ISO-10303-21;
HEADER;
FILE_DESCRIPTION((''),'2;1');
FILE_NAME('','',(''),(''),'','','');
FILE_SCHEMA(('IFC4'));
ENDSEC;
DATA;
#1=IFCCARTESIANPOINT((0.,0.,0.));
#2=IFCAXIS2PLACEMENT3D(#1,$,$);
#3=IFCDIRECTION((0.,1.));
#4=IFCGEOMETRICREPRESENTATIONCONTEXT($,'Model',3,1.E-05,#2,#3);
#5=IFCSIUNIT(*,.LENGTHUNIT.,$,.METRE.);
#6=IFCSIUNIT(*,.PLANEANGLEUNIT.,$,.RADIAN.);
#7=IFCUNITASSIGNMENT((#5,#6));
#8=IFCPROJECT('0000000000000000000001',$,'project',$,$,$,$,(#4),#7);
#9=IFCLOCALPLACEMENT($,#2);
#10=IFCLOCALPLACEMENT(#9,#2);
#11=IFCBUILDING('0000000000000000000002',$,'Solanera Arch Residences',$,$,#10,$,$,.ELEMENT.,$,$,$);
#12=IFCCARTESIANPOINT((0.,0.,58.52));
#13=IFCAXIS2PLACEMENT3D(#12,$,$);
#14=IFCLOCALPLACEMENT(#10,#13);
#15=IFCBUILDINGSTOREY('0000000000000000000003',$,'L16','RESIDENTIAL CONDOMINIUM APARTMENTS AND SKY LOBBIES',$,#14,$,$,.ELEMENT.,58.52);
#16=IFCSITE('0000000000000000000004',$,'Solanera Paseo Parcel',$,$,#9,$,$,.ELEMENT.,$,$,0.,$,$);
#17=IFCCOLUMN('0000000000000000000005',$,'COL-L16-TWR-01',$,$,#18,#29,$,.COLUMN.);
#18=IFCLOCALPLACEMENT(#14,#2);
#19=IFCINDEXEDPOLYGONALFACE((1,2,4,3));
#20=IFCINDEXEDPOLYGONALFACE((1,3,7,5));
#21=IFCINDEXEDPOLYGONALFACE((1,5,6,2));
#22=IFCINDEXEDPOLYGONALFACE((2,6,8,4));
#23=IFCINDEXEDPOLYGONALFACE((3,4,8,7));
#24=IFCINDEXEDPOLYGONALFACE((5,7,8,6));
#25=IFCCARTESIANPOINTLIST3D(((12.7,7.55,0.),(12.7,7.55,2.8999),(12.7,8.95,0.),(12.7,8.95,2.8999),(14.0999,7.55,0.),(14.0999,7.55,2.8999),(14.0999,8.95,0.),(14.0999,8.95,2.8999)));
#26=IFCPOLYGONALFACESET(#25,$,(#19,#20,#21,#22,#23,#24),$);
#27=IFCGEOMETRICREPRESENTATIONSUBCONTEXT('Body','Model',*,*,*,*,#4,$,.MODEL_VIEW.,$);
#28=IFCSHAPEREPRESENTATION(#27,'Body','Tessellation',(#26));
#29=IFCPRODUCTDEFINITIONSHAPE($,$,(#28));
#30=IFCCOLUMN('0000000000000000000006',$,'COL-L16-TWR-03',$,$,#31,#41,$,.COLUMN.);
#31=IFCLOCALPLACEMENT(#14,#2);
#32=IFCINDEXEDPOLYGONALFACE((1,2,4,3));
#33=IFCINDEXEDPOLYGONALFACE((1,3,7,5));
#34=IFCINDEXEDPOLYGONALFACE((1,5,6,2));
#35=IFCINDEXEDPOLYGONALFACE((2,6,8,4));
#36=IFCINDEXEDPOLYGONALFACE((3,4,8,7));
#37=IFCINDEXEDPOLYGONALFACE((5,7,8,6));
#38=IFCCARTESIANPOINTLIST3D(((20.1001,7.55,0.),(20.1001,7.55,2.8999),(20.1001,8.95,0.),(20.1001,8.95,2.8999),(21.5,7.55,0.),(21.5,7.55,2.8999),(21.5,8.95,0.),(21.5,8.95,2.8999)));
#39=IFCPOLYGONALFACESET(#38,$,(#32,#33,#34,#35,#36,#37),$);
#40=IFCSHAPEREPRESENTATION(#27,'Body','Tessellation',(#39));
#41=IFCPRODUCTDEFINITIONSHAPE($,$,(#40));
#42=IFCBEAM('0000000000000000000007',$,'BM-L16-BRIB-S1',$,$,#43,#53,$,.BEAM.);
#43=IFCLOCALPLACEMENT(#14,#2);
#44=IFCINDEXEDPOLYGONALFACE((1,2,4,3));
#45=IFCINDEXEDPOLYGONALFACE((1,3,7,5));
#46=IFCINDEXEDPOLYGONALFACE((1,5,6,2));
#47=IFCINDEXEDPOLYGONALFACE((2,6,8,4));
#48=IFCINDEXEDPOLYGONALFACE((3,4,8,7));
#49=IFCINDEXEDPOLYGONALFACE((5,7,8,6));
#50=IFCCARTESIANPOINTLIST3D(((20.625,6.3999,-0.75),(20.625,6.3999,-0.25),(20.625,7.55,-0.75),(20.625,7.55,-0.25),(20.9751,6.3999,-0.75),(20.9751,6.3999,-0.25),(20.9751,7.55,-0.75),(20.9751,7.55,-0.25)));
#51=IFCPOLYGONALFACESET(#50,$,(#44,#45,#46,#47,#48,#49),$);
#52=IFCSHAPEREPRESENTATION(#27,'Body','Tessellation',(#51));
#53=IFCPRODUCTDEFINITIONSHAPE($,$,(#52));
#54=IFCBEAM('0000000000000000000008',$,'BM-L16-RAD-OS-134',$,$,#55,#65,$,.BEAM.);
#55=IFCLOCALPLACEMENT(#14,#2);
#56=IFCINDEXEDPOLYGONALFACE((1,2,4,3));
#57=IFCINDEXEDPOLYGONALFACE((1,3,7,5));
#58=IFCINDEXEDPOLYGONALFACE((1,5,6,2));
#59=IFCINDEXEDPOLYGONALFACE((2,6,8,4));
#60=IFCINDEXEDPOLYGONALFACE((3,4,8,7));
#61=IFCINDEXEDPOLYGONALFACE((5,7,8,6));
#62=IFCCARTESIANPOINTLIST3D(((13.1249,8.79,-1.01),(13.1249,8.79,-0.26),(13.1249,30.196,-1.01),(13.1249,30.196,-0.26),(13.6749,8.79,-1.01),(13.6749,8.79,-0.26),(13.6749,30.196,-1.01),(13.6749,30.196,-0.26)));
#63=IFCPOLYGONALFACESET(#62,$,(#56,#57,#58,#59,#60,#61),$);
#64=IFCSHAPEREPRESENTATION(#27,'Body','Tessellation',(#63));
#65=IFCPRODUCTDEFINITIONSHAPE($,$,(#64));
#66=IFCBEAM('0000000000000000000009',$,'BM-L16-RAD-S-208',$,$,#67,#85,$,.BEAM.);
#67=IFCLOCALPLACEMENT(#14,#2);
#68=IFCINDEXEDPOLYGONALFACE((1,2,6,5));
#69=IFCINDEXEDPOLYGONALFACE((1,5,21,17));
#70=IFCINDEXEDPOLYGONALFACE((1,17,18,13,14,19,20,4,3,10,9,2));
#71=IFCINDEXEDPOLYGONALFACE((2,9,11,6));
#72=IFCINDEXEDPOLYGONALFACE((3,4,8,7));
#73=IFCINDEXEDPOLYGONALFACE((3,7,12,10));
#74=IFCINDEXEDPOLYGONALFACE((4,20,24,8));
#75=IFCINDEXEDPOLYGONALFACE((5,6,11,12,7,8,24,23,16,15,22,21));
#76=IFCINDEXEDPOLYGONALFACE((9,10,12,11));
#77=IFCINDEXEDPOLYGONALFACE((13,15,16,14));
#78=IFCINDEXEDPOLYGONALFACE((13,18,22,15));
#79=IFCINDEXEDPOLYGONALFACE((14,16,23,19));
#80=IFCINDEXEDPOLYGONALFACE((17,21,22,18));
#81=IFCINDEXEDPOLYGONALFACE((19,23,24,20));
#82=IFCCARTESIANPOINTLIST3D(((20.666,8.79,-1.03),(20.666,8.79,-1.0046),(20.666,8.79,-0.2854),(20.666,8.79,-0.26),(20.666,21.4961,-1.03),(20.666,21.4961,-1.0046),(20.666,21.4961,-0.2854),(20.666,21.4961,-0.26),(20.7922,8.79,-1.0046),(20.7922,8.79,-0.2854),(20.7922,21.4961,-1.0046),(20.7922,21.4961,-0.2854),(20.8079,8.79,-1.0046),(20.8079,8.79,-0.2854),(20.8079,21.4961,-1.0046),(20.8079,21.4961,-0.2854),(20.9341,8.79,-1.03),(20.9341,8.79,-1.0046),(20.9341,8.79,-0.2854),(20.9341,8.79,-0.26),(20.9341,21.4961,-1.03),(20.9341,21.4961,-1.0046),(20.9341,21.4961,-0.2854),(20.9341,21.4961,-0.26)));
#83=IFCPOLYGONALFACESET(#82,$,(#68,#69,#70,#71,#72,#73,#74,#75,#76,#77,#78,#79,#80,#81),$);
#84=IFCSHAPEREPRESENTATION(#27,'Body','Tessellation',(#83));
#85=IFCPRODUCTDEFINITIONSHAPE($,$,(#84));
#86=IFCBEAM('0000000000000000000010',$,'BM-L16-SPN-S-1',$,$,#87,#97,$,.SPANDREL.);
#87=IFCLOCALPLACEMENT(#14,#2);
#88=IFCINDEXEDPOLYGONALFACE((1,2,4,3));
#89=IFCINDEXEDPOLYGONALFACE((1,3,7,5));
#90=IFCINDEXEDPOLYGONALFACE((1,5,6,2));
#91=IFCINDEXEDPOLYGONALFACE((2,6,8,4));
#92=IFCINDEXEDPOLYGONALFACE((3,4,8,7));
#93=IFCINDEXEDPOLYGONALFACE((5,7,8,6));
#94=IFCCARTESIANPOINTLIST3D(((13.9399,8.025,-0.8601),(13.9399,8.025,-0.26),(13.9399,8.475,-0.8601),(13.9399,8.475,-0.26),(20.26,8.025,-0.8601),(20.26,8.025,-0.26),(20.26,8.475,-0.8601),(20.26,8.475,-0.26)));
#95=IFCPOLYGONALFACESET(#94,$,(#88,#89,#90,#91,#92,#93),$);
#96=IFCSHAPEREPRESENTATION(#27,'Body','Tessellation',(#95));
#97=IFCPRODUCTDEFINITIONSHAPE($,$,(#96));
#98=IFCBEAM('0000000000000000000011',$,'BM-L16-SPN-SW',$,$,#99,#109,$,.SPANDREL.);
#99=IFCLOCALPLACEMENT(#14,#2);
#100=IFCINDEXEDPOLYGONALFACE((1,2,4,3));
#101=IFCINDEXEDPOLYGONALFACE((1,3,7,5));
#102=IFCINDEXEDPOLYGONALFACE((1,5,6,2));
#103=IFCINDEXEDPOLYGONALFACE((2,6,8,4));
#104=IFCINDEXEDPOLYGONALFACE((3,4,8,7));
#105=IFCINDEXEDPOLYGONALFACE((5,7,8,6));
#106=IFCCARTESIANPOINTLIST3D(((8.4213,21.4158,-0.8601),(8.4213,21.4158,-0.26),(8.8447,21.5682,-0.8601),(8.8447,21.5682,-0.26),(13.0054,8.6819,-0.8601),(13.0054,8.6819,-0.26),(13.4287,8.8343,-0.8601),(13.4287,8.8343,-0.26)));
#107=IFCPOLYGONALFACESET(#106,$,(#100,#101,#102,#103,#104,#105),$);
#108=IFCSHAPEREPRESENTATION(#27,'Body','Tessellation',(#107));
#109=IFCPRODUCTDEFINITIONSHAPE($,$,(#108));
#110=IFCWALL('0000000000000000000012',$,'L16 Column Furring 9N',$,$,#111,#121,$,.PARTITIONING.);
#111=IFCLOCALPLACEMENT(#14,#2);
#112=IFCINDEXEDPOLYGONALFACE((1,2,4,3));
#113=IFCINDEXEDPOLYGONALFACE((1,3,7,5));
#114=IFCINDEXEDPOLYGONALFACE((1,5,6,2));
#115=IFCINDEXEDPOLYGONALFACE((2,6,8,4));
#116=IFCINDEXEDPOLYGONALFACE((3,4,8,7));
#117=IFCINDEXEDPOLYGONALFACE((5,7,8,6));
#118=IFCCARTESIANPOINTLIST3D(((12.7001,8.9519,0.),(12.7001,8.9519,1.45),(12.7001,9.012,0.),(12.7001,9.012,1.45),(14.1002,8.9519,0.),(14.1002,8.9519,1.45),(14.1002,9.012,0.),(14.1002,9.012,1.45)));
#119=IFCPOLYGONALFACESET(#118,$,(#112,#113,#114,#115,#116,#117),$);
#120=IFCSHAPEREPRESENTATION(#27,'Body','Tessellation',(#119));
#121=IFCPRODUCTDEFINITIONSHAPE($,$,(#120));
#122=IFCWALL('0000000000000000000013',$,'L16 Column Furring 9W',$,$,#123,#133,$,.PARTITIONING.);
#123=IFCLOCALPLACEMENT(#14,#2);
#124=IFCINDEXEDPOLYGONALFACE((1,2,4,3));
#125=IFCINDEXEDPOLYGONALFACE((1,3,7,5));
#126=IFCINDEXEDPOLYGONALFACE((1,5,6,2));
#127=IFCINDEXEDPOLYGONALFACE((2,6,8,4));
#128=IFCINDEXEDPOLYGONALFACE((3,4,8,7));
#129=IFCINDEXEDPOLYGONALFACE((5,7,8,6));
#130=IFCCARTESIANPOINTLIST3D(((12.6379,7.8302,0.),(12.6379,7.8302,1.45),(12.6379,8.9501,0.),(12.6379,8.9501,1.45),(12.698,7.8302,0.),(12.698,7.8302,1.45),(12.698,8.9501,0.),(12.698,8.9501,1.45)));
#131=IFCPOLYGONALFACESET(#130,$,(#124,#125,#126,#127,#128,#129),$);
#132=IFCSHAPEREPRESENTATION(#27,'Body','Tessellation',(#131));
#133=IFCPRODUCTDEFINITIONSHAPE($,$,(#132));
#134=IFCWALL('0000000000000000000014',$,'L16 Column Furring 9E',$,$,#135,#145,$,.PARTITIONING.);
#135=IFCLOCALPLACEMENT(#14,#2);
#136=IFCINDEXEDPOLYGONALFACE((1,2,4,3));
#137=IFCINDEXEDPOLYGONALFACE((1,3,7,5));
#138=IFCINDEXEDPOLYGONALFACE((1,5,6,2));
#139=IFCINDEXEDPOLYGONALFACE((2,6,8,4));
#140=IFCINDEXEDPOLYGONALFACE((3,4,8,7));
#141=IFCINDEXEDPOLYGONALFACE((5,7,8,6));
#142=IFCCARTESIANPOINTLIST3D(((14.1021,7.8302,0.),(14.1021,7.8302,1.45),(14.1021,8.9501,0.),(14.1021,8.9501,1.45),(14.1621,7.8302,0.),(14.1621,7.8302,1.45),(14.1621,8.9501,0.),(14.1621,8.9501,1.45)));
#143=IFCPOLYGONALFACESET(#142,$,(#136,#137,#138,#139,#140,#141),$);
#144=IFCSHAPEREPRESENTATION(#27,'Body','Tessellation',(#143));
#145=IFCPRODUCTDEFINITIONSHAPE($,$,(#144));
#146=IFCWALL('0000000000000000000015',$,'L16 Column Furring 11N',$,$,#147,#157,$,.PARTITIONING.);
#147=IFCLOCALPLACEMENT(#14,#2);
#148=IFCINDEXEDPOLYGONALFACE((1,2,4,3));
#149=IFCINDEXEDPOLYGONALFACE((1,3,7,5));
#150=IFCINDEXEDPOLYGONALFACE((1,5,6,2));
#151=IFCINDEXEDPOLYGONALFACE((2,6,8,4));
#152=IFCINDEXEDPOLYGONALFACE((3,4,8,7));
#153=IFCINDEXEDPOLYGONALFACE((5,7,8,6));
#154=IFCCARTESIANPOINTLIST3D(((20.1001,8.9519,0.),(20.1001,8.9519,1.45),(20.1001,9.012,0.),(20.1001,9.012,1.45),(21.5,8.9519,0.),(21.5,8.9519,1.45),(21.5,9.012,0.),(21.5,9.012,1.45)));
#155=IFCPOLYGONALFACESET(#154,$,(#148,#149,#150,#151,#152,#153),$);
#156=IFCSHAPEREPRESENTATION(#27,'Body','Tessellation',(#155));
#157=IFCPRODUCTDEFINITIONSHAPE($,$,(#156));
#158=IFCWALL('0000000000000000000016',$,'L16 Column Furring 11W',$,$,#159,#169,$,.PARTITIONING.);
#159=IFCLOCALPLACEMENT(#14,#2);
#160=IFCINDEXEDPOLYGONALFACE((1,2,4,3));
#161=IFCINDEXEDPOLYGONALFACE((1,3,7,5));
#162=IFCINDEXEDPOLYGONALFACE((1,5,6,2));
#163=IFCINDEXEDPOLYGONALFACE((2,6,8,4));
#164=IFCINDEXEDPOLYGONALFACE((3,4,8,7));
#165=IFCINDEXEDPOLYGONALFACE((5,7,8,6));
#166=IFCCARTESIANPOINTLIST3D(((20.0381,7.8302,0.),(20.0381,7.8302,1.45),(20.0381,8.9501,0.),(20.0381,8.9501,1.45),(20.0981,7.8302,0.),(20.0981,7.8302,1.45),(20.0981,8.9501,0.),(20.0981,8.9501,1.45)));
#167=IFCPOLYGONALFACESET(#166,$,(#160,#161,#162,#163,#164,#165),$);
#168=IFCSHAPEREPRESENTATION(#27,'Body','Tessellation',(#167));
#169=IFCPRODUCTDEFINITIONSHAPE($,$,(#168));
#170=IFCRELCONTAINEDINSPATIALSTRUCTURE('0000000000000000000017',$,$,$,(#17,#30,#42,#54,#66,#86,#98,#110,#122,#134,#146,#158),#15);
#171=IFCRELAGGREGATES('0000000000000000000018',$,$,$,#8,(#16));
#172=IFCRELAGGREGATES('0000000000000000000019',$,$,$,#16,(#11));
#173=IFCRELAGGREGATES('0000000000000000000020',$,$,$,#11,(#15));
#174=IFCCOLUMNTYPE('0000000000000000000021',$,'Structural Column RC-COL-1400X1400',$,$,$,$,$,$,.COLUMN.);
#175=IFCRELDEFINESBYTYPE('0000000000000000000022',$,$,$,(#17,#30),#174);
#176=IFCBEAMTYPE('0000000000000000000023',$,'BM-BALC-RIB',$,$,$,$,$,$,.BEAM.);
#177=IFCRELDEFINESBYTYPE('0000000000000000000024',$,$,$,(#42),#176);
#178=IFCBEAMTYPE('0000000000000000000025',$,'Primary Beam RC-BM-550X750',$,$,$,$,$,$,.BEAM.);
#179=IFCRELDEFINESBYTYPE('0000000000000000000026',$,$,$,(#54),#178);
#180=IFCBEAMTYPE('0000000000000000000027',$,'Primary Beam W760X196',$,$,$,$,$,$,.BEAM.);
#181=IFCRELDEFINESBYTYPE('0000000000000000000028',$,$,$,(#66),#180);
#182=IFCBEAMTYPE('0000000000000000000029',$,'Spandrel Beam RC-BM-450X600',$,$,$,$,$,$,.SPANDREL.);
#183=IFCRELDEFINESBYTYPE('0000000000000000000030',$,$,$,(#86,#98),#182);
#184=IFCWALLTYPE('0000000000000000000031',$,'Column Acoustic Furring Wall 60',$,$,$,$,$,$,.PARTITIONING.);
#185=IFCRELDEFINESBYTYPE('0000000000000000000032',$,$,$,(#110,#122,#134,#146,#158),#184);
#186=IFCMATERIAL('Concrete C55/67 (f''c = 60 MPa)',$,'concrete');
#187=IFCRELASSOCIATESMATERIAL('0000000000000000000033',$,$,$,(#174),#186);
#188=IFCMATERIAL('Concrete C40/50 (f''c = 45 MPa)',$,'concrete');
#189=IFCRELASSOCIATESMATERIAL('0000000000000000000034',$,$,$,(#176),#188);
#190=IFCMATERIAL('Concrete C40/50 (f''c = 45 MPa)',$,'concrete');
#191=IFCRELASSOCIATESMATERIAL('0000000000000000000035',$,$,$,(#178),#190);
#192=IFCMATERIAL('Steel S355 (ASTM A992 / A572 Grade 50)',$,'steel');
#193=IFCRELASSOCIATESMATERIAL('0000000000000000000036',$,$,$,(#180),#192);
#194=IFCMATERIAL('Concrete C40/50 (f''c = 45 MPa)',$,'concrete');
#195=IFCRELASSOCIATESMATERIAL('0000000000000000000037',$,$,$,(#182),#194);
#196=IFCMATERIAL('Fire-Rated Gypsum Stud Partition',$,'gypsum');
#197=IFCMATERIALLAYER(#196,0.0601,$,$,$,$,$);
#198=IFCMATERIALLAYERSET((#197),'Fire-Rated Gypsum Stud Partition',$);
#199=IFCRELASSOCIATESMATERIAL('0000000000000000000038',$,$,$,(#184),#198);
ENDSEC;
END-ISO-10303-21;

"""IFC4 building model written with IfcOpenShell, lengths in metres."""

from ifc_helpers import new_model, si_unit, direction, frame, frame_2d, origin, origin_2d, place, context, subcontext, project, spatial, rectangle, i_section, extrude, material, layer, layer_set, material_profile, profile_set, type_object, element, save


model = new_model("IFC4")

# Units and contexts
model_context = context("Model", 3, precision=1e-05, world=origin(), true_north=direction((0.0, 1.0)))
body_context = subcontext(model_context, "Body", "Model", "MODEL_VIEW")
ifc_project = project(units=[si_unit("LENGTHUNIT", "METRE"), si_unit("PLANEANGLEUNIT", "RADIAN")], contexts=[model_context])

# Site, building, storey
site_placement = place(None, origin())
site = spatial("IfcSite", under=ifc_project, at=site_placement, Name="Solanera Paseo Parcel", CompositionType="ELEMENT", RefElevation=0.0)
building_placement = place(site_placement, origin())
building = spatial("IfcBuilding", under=site, at=building_placement, Name="Solanera Arch Residences", CompositionType="ELEMENT")
storey_placement = place(building_placement, frame((0.0, 0.0, 58.52)))
storey = spatial("IfcBuildingStorey", under=building, at=storey_placement, Name="L16", Description="RESIDENTIAL CONDOMINIUM APARTMENTS AND SKY LOBBIES", CompositionType="ELEMENT", Elevation=58.52)

# Columns
ifc_material_1 = material(Name="Concrete C55/67 (f'c = 60 MPa)", Category="concrete")
ifc_material_profile_1 = material_profile(ifc_material_1, rectangle(XDim=1.3999, YDim=1.3999, at=origin_2d()))
ifc_profile_set_1 = profile_set([ifc_material_profile_1], Name="Concrete C55/67 (f'c = 60 MPa)")
column_type = type_object("IfcColumnType", Name="Structural Column RC-COL-1400X1400", PredefinedType="COLUMN", material=ifc_profile_set_1)
for number, where, z_axis, x_axis, name in (
    (1, (13.3999, 8.25, 0.0), (0.0, 0.0, 1.0), (1.0, 0.0, 0.0), "COL-L16-TWR-01"),
    (2, (20.8, 8.25, 0.0), (0.0, 0.0, 1.0), (1.0, 0.0, 0.0), "COL-L16-TWR-03"),
):
    element("IfcColumn", number, at=place(storey_placement, frame(where, z_axis=z_axis, x_axis=x_axis)), inside=storey, type_object=column_type, Name=name, PredefinedType="COLUMN", context=body_context, shape_type="SweptSolid", body=[
        extrude(rectangle(XDim=1.3999, YDim=1.3999, at=origin_2d()), origin(), (0.0, 0.0, 1.0), 2.8999),
    ])

# Beams
ifc_material_2 = material(Name="Concrete C40/50 (f'c = 45 MPa)", Category="concrete")
ifc_material_profile_2 = material_profile(ifc_material_2, rectangle(XDim=0.3501, YDim=0.5, at=origin_2d()))
ifc_profile_set_2 = profile_set([ifc_material_profile_2], Name="Concrete C40/50 (f'c = 45 MPa)")
beam_type_1 = type_object("IfcBeamType", Name="BM-BALC-RIB", PredefinedType="BEAM", material=ifc_profile_set_2)
beam_1_placement = place(storey_placement, frame((20.8, 6.3999, -0.5), z_axis=(0.0, 1.0, 0.0), x_axis=(-1.0, 0.0, 0.0)))
element("IfcBeam", 3, at=beam_1_placement, inside=storey, type_object=beam_type_1, Name="BM-L16-BRIB-S1", PredefinedType="BEAM", context=body_context, shape_type="SweptSolid", body=[
    extrude(rectangle(XDim=0.3501, YDim=0.5, at=origin_2d()), origin(), (0.0, 0.0, 1.0), 1.1501),
])
ifc_material_3 = material(Name="Concrete C40/50 (f'c = 45 MPa)", Category="concrete")
ifc_material_profile_3 = material_profile(ifc_material_3, rectangle(XDim=0.55, YDim=0.75, at=origin_2d()))
ifc_profile_set_3 = profile_set([ifc_material_profile_3], Name="Concrete C40/50 (f'c = 45 MPa)")
beam_type_2 = type_object("IfcBeamType", Name="Primary Beam RC-BM-550X750", PredefinedType="BEAM", material=ifc_profile_set_3)
beam_2_placement = place(storey_placement, frame((13.3999, 8.79, -0.635), z_axis=(0.0, 1.0, 0.0), x_axis=(-1.0, 0.0, 0.0)))
element("IfcBeam", 4, at=beam_2_placement, inside=storey, type_object=beam_type_2, Name="BM-L16-RAD-OS-134", PredefinedType="BEAM", context=body_context, shape_type="SweptSolid", body=[
    extrude(rectangle(XDim=0.55, YDim=0.75, at=origin_2d()), origin(), (0.0, 0.0, 1.0), 21.406),
])
ifc_material_4 = material(Name="Steel S355 (ASTM A992 / A572 Grade 50)", Category="steel")
ifc_material_profile_4 = material_profile(ifc_material_4, i_section(OverallWidth=0.2681, OverallDepth=0.77, WebThickness=0.0156, FlangeThickness=0.0254, at=origin_2d()))
ifc_profile_set_4 = profile_set([ifc_material_profile_4], Name="Steel S355 (ASTM A992 / A572 Grade 50)")
beam_type_3 = type_object("IfcBeamType", Name="Primary Beam W760X196", PredefinedType="BEAM", material=ifc_profile_set_4)
beam_3_placement = place(storey_placement, frame((20.8, 8.79, -0.645), z_axis=(0.0, 1.0, 0.0), x_axis=(-1.0, 0.0, 0.0)))
element("IfcBeam", 5, at=beam_3_placement, inside=storey, type_object=beam_type_3, Name="BM-L16-RAD-S-208", PredefinedType="BEAM", context=body_context, shape_type="SweptSolid", body=[
    extrude(i_section(OverallWidth=0.2681, OverallDepth=0.77, WebThickness=0.0156, FlangeThickness=0.0254, at=origin_2d()), origin(), (0.0, 0.0, 1.0), 12.7061),
])
ifc_material_5 = material(Name="Concrete C40/50 (f'c = 45 MPa)", Category="concrete")
ifc_material_profile_5 = material_profile(ifc_material_5, rectangle(XDim=0.45, YDim=0.6001, at=origin_2d()))
ifc_profile_set_5 = profile_set([ifc_material_profile_5], Name="Concrete C40/50 (f'c = 45 MPa)")
beam_type_4 = type_object("IfcBeamType", Name="Spandrel Beam RC-BM-450X600", PredefinedType="SPANDREL", material=ifc_profile_set_5)
beam_4_placement = place(storey_placement, frame((13.9399, 8.25, -0.5601), z_axis=(1.0, 0.0, 0.0), x_axis=(0.0, 1.0, 0.0)))
element("IfcBeam", 6, at=beam_4_placement, inside=storey, type_object=beam_type_4, Name="BM-L16-SPN-S-1", PredefinedType="SPANDREL", context=body_context, shape_type="SweptSolid", body=[
    extrude(rectangle(XDim=0.45, YDim=0.6001, at=origin_2d()), origin(), (0.0, 0.0, 1.0), 6.3201),
])
beam_5_placement = place(storey_placement, frame((13.217, 8.7581, -0.5601), z_axis=(-0.338705, 0.940892, 0.0), x_axis=(-0.940892, -0.338705, 0.0)))
element("IfcBeam", 7, at=beam_5_placement, inside=storey, type_object=beam_type_4, Name="BM-L16-SPN-SW", PredefinedType="SPANDREL", context=body_context, shape_type="SweptSolid", body=[
    extrude(rectangle(XDim=0.45, YDim=0.6001, at=origin_2d()), origin(), (0.0, 0.0, 1.0), 13.5339),
])

# Walls
ifc_material_6 = material(Name="Fire-Rated Gypsum Stud Partition", Category="gypsum")
ifc_layer_1 = layer(ifc_material_6, 0.0601)
ifc_layer_set_1 = layer_set([ifc_layer_1], Name="Fire-Rated Gypsum Stud Partition")
wall_type_1 = type_object("IfcWallType", Name="Column Acoustic Furring Wall 60", PredefinedType="PARTITIONING", material=ifc_layer_set_1)
wall_1_placement = place(storey_placement, frame((12.7, 8.9819, 0.0), z_axis=(0.0, 0.0, 1.0), x_axis=(1.0, 0.0, 0.0)))
element("IfcWall", 8, at=wall_1_placement, inside=storey, type_object=wall_type_1, Name="L16 Column Furring 9N", PredefinedType="PARTITIONING", context=body_context, shape_type="SweptSolid", body=[
    extrude(rectangle(XDim=1.4001, YDim=0.0601, at=frame_2d((0.7002, 0.0))), origin(), (0.0, 0.0, 1.0), 1.45),
])
for number, where, z_axis, x_axis, name in (
    (9, (12.668, 7.8301, 0.0), (0.0, 0.0, 1.0), (0.0, 1.0, 0.0), "L16 Column Furring 9W"),
    (10, (14.1321, 7.8301, 0.0), (0.0, 0.0, 1.0), (0.0, 1.0, 0.0), "L16 Column Furring 9E"),
):
    element("IfcWall", number, at=place(storey_placement, frame(where, z_axis=z_axis, x_axis=x_axis)), inside=storey, type_object=wall_type_1, Name=name, PredefinedType="PARTITIONING", context=body_context, shape_type="SweptSolid", body=[
        extrude(rectangle(XDim=1.1199, YDim=0.0601, at=frame_2d((0.5601, 0.0))), origin(), (0.0, 0.0, 1.0), 1.45),
    ])
wall_2_placement = place(storey_placement, frame((20.1001, 8.9819, 0.0), z_axis=(0.0, 0.0, 1.0), x_axis=(1.0, 0.0, 0.0)))
element("IfcWall", 11, at=wall_2_placement, inside=storey, type_object=wall_type_1, Name="L16 Column Furring 11N", PredefinedType="PARTITIONING", context=body_context, shape_type="SweptSolid", body=[
    extrude(rectangle(XDim=1.3999, YDim=0.0601, at=frame_2d((0.7, 0.0))), origin(), (0.0, 0.0, 1.0), 1.45),
])
wall_3_placement = place(storey_placement, frame((20.0681, 7.8301, 0.0), z_axis=(0.0, 0.0, 1.0), x_axis=(0.0, 1.0, 0.0)))
element("IfcWall", 12, at=wall_3_placement, inside=storey, type_object=wall_type_1, Name="L16 Column Furring 11W", PredefinedType="PARTITIONING", context=body_context, shape_type="SweptSolid", body=[
    extrude(rectangle(XDim=1.1199, YDim=0.0601, at=frame_2d((0.5601, 0.0))), origin(), (0.0, 0.0, 1.0), 1.45),
])

save(model, "model.ifc")
